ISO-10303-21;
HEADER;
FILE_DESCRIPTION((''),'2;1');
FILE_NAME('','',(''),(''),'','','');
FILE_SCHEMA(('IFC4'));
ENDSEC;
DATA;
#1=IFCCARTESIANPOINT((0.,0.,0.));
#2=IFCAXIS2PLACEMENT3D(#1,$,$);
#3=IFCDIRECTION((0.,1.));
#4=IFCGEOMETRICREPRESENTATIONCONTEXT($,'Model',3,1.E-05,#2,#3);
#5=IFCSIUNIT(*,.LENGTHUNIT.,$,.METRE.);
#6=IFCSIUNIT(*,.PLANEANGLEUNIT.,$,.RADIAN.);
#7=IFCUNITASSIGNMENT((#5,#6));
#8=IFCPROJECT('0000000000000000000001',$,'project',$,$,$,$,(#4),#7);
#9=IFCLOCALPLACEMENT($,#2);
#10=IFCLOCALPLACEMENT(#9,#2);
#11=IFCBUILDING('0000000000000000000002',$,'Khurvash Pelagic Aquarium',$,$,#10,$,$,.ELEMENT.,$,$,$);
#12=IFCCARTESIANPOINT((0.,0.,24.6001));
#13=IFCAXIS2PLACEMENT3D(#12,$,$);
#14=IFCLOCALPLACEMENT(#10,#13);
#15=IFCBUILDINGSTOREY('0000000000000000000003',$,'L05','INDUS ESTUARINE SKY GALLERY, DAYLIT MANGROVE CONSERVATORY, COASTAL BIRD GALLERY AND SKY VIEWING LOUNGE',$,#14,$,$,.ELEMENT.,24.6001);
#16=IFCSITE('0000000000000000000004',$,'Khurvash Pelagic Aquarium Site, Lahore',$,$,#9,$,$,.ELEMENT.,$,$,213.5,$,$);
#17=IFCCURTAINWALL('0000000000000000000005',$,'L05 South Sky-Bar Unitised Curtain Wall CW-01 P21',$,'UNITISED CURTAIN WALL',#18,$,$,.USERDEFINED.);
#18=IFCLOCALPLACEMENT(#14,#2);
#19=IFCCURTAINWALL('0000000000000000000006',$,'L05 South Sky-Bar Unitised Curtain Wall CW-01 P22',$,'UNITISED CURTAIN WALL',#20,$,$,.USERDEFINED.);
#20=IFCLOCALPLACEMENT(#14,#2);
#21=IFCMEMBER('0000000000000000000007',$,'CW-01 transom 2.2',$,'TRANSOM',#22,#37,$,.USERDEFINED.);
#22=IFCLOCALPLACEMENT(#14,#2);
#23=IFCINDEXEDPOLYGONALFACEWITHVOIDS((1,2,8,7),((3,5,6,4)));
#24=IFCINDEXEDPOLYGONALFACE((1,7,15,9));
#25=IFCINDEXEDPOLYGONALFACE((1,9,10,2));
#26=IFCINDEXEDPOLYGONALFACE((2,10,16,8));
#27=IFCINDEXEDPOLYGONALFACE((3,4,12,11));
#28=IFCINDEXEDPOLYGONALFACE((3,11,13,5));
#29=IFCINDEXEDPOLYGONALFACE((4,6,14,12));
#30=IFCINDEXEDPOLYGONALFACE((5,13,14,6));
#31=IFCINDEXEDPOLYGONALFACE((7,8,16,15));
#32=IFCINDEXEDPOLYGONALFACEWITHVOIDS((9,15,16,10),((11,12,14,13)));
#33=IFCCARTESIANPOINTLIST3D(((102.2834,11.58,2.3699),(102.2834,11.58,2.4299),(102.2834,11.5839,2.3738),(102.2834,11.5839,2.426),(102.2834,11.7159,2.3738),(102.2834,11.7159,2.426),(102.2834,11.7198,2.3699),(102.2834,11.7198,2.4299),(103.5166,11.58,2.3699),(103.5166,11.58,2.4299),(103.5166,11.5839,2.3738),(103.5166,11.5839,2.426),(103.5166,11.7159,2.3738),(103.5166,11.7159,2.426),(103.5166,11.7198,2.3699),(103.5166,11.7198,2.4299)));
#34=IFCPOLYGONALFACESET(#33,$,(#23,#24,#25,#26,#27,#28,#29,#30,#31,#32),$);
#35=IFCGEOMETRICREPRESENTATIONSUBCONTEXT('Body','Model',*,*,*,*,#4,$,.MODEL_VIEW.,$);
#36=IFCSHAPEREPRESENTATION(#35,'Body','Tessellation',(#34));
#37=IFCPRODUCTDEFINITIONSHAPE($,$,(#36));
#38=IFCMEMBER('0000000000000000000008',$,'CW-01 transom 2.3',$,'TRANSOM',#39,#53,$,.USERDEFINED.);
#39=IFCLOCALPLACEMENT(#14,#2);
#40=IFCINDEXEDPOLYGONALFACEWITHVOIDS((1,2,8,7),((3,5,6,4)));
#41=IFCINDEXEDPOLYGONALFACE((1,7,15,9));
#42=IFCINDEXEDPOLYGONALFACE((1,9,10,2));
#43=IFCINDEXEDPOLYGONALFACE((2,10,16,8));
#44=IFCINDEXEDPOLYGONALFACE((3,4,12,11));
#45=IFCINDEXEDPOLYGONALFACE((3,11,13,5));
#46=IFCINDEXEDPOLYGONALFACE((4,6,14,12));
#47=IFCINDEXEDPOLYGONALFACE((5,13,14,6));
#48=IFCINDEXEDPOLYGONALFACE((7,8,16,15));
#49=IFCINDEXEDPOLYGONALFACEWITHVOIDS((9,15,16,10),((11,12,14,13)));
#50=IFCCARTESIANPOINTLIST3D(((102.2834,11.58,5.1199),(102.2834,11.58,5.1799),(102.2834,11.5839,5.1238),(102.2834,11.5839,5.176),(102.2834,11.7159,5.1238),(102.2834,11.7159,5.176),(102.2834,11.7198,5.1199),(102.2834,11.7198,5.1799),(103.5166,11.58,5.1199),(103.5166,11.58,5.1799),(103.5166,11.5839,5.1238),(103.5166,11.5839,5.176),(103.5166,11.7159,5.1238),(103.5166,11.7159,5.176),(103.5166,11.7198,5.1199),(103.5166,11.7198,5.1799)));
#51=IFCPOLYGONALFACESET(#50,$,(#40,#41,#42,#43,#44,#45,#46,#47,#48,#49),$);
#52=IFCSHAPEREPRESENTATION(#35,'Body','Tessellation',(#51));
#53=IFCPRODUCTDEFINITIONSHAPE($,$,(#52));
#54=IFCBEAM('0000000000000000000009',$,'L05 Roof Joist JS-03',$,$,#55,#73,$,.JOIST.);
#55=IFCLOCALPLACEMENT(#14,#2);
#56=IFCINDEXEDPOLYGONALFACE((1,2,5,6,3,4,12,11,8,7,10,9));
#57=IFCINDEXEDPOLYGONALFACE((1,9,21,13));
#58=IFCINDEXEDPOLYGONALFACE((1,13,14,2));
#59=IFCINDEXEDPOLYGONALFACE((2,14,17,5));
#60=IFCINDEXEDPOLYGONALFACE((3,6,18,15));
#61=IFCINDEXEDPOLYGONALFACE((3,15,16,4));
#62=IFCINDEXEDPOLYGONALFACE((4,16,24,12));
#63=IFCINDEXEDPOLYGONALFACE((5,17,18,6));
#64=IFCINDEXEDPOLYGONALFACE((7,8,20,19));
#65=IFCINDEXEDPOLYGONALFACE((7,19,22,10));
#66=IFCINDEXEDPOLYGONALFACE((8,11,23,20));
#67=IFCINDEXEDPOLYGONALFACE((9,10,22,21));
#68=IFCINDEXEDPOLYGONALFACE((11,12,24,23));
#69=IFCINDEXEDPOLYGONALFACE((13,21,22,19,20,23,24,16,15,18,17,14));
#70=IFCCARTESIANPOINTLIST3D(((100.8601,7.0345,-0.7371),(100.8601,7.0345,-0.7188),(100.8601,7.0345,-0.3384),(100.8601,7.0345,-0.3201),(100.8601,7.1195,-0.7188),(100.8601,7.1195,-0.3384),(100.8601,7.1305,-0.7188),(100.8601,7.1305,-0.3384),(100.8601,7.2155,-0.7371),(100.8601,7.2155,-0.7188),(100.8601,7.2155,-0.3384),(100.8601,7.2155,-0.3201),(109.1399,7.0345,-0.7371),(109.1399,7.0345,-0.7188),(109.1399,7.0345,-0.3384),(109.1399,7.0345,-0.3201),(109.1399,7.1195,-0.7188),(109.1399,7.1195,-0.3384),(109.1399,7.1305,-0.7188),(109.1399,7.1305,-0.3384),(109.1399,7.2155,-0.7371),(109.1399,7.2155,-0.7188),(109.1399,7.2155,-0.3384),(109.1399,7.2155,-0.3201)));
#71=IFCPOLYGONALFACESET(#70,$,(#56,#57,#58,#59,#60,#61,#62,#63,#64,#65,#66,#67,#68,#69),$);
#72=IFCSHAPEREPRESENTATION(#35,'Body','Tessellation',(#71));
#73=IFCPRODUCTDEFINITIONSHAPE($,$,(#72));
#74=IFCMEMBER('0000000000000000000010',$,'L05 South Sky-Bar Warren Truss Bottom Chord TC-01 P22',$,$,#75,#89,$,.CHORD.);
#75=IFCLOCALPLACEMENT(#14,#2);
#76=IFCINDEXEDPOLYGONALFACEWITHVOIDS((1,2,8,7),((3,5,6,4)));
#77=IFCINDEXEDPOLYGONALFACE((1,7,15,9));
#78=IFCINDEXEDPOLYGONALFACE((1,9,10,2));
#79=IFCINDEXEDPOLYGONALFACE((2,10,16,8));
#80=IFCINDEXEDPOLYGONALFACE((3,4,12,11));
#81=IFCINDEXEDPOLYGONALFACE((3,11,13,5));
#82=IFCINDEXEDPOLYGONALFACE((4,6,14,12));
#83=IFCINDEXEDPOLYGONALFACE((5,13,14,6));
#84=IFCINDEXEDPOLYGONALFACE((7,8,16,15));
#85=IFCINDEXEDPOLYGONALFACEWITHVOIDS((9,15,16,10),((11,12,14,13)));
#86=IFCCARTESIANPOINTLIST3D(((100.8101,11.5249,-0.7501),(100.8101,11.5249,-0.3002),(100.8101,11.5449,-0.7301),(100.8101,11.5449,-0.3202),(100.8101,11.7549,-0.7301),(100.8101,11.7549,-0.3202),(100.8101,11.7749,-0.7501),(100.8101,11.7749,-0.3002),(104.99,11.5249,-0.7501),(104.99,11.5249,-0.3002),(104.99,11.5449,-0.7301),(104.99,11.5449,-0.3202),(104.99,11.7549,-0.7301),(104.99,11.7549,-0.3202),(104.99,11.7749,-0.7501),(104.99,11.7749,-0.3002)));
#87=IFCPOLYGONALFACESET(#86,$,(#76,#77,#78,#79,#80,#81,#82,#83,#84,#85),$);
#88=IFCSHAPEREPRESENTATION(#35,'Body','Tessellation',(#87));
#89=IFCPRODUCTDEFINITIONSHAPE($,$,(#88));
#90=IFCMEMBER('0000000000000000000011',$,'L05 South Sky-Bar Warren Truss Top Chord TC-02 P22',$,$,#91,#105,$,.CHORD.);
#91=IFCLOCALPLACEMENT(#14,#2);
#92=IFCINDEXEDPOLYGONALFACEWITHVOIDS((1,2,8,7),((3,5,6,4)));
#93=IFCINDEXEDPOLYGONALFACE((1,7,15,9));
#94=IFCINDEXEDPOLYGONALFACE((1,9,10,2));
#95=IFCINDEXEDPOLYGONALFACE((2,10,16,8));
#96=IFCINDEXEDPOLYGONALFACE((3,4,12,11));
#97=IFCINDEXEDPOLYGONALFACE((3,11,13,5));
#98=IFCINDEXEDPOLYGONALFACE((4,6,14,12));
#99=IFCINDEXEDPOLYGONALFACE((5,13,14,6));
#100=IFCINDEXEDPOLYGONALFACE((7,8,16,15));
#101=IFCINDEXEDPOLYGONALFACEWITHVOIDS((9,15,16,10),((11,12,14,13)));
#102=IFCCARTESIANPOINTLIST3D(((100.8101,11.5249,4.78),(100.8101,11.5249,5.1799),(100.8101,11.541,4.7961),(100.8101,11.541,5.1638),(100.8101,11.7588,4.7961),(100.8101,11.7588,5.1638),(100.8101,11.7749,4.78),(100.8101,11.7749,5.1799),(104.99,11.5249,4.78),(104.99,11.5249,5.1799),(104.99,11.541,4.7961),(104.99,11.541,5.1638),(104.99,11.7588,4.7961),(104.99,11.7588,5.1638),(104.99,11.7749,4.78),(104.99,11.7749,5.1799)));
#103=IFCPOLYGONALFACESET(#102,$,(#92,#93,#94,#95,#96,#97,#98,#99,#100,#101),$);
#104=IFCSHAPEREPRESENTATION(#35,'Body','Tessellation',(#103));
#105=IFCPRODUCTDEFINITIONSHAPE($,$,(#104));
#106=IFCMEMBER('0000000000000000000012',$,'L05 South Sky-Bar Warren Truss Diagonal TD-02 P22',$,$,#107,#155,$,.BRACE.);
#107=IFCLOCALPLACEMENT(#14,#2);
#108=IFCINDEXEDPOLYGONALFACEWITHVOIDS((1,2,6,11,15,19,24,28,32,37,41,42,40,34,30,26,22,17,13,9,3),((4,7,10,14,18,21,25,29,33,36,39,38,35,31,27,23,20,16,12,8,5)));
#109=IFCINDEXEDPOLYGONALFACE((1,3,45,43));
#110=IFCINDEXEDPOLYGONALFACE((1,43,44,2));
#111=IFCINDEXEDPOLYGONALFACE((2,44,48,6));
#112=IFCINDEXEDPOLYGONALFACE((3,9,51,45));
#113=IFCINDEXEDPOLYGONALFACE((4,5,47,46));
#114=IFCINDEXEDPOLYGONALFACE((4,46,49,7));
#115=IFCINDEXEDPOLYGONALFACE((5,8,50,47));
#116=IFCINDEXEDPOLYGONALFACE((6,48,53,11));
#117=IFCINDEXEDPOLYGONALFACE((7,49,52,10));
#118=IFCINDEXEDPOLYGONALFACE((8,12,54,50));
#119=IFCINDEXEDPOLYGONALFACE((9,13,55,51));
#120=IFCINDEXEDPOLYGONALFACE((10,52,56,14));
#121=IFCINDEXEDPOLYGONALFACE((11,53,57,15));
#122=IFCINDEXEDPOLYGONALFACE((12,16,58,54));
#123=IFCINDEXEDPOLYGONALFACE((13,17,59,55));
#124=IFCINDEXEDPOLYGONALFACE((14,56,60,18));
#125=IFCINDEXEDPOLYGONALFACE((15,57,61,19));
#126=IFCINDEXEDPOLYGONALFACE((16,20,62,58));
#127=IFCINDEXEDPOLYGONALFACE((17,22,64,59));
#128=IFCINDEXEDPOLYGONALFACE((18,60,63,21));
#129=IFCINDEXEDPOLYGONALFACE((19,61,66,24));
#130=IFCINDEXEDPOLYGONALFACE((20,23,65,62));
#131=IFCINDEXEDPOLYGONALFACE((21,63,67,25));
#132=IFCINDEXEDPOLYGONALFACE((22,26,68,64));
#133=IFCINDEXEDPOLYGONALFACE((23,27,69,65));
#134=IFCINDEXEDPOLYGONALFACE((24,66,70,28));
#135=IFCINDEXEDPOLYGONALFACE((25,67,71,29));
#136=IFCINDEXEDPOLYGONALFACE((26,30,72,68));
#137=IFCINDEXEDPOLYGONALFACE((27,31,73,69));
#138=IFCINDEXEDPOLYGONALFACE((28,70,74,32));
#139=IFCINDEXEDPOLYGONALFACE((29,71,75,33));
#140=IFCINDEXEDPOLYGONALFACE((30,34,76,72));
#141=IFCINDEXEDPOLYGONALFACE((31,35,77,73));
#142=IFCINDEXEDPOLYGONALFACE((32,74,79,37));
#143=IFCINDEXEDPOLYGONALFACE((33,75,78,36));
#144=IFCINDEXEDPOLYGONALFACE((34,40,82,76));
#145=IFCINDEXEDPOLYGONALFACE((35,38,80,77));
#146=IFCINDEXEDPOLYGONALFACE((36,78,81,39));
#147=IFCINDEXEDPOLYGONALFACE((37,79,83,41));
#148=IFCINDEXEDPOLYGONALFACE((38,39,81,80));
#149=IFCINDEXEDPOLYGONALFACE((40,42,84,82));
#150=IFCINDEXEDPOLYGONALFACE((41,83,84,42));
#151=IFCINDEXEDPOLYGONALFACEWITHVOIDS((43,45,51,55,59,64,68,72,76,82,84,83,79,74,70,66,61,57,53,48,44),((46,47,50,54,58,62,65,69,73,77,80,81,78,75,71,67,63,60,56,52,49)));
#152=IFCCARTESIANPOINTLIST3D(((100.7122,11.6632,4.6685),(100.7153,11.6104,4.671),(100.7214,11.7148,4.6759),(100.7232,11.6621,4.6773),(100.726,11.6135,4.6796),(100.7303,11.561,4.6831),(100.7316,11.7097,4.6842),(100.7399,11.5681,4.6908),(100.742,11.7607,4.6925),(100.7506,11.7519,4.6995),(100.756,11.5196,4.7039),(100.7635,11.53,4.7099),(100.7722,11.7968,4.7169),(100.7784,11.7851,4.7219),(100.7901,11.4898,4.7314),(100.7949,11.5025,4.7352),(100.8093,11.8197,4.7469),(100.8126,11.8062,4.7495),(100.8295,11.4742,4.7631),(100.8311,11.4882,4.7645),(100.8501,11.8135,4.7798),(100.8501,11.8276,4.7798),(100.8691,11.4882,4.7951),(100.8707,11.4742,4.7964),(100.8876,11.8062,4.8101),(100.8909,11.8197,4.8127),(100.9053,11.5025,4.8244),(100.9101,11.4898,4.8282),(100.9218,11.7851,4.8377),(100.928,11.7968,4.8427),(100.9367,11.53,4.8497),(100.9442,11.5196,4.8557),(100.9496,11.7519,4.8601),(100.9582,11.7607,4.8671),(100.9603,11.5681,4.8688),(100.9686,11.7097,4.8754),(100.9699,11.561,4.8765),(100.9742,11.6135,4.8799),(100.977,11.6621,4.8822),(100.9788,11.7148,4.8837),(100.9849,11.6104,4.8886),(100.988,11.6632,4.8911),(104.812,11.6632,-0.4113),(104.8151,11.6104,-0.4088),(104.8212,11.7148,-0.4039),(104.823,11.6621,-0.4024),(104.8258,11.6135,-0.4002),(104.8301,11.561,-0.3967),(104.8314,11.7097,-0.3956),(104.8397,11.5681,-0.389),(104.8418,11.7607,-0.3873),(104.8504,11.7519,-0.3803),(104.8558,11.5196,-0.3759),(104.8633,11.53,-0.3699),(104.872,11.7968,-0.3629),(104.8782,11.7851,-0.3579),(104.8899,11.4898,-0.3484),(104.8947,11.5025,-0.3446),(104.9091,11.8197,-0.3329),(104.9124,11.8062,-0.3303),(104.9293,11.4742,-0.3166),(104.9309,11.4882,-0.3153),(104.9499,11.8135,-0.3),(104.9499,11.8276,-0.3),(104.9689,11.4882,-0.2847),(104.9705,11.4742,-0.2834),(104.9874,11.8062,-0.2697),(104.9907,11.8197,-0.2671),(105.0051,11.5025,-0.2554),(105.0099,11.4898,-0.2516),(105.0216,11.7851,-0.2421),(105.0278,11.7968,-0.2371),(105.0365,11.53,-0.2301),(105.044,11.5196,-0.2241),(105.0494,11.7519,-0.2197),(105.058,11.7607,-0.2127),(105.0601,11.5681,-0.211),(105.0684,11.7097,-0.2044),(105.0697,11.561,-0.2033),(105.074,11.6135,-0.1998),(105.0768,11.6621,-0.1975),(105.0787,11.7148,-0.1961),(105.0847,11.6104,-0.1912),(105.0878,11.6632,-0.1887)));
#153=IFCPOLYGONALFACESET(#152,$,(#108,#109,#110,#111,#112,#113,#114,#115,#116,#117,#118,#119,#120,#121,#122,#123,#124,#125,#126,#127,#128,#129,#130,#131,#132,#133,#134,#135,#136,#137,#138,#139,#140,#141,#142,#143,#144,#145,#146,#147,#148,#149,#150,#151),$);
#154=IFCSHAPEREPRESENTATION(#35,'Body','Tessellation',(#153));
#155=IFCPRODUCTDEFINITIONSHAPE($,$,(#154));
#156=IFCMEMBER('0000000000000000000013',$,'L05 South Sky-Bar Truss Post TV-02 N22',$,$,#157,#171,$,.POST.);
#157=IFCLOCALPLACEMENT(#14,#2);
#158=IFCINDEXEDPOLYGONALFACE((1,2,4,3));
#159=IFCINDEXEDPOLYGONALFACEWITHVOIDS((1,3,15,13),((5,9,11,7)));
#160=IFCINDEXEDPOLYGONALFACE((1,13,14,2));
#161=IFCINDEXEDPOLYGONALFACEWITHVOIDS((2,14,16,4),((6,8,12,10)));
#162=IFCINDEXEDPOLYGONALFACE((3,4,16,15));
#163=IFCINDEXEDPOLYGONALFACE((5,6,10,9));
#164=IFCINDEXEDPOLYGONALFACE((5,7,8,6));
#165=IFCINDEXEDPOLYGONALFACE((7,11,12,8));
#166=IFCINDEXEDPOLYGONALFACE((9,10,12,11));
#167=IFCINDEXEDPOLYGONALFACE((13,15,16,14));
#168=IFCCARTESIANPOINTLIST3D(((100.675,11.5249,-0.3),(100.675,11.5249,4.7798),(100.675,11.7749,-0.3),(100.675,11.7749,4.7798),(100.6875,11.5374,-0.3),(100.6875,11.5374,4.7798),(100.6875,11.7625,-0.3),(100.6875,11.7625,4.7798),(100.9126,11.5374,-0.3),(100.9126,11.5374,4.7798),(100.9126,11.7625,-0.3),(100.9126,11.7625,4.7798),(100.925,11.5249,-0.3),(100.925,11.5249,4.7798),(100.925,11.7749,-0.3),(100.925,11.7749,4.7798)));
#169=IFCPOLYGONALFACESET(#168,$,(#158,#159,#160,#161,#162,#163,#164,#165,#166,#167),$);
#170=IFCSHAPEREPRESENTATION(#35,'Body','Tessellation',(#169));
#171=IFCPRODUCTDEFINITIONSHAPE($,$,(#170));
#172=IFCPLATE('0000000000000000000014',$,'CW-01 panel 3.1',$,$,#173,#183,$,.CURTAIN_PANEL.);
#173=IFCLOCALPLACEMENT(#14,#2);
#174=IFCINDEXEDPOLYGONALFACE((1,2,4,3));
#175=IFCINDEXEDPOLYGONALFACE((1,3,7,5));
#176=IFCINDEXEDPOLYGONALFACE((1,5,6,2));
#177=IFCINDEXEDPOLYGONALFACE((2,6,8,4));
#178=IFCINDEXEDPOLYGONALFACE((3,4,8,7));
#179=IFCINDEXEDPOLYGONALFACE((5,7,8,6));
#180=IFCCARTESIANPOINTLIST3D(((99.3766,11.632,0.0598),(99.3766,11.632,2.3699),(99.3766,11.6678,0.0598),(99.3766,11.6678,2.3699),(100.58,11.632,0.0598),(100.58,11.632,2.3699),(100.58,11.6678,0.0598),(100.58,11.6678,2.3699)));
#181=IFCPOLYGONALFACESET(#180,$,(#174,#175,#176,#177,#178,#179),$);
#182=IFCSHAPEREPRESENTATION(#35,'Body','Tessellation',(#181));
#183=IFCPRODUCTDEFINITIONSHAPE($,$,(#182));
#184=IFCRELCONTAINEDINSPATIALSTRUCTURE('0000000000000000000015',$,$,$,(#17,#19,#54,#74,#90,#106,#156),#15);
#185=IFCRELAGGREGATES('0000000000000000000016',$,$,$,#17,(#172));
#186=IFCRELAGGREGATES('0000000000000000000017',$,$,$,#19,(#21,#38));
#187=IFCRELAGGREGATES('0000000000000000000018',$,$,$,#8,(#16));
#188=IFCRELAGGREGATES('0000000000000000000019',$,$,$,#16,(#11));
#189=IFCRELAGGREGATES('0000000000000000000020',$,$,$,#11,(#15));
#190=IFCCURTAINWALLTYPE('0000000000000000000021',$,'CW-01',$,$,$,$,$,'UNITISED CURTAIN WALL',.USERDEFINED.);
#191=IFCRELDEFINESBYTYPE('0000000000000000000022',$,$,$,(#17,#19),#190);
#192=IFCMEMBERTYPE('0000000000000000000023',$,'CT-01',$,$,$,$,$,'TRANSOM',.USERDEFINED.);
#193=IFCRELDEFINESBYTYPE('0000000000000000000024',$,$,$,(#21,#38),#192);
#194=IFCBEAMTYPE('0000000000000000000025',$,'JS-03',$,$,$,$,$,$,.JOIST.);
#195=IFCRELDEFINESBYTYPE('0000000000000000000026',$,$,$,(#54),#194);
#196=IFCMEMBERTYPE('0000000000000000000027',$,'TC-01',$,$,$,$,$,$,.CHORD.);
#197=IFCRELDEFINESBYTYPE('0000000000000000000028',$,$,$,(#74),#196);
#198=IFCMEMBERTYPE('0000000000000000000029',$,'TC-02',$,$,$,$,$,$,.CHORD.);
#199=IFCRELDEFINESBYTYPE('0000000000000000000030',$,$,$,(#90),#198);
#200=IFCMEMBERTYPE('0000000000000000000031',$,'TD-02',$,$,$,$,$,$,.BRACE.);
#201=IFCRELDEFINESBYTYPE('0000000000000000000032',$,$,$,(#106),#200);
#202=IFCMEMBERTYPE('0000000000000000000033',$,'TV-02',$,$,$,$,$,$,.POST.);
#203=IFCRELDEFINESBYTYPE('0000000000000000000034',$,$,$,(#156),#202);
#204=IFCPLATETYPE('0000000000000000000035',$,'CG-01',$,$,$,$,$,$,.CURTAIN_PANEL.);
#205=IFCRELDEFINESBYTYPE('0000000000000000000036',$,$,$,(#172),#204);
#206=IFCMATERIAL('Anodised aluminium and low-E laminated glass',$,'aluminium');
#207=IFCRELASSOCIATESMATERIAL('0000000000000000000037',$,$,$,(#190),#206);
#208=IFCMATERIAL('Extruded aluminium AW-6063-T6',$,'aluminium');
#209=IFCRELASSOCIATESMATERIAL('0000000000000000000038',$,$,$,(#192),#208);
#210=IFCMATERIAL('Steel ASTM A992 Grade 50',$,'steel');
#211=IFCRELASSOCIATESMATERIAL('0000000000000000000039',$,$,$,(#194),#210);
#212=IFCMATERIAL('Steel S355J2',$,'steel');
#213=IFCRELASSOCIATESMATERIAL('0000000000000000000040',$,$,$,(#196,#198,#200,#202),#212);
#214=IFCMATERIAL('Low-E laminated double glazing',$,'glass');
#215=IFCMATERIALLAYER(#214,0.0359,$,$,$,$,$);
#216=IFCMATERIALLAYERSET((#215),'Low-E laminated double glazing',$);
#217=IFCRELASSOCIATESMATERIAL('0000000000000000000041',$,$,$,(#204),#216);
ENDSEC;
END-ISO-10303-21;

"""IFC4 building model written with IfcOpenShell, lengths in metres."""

from ifc_helpers import new_model, si_unit, direction, frame, origin, origin_2d, place, context, subcontext, project, spatial, rectangle, hollow_rectangle, hollow_circle, i_section, extrude, material, layer, layer_set, material_profile, profile_set, type_object, element, aggregate, save


model = new_model("IFC4")

# Units and contexts
model_context = context("Model", 3, precision=1e-05, world=origin(), true_north=direction((0.0, 1.0)))
body_context = subcontext(model_context, "Body", "Model", "MODEL_VIEW")
ifc_project = project(units=[si_unit("LENGTHUNIT", "METRE"), si_unit("PLANEANGLEUNIT", "RADIAN")], contexts=[model_context])

# Site, building, storey
site_placement = place(None, origin())
site = spatial("IfcSite", under=ifc_project, at=site_placement, Name="Khurvash Pelagic Aquarium Site, Lahore", CompositionType="ELEMENT", RefElevation=213.5)
building_placement = place(site_placement, origin())
building = spatial("IfcBuilding", under=site, at=building_placement, Name="Khurvash Pelagic Aquarium", CompositionType="ELEMENT")
storey_placement = place(building_placement, frame((0.0, 0.0, 24.6001)))
storey = spatial("IfcBuildingStorey", under=building, at=storey_placement, Name="L05", Description="INDUS ESTUARINE SKY GALLERY, DAYLIT MANGROVE CONSERVATORY, COASTAL BIRD GALLERY AND SKY VIEWING LOUNGE", CompositionType="ELEMENT", Elevation=24.6001)

# Shared definitions
ifc_material_1 = material(Name="Steel ASTM A992 Grade 50", Category="steel")

# Curtain wall
ifc_material_2 = material(Name="Anodised aluminium and low-E laminated glass", Category="aluminium")
curtain_wall_type = type_object("IfcCurtainWallType", Name="CW-01", ElementType="UNITISED CURTAIN WALL", PredefinedType="USERDEFINED", material=ifc_material_2)
curtain_wall_1_placement = place(storey_placement, origin())
curtain_wall_1 = element("IfcCurtainWall", 1, at=curtain_wall_1_placement, inside=storey, type_object=curtain_wall_type, Name="L05 South Sky-Bar Unitised Curtain Wall CW-01 P21", ObjectType="UNITISED CURTAIN WALL", PredefinedType="USERDEFINED")
ifc_material_3 = material(Name="Extruded aluminium AW-6063-T6", Category="aluminium")

# Curtain wall, members
curtain_wall_2_placement = place(storey_placement, origin())
curtain_wall_2 = element("IfcCurtainWall", 2, at=curtain_wall_2_placement, inside=storey, type_object=curtain_wall_type, Name="L05 South Sky-Bar Unitised Curtain Wall CW-01 P22", ObjectType="UNITISED CURTAIN WALL", PredefinedType="USERDEFINED")
ifc_material_profile_1 = material_profile(ifc_material_3, hollow_rectangle(XDim=0.1399, YDim=0.0601, WallThickness=0.0039, at=origin_2d()), Name="CWT140X60X4")
ifc_profile_set_1 = profile_set([ifc_material_profile_1], Name="Extruded aluminium AW-6063-T6")
member_type_1 = type_object("IfcMemberType", Name="CT-01", ElementType="TRANSOM", PredefinedType="USERDEFINED", material=ifc_profile_set_1)
member_1_placement = place(storey_placement, frame((102.2834, 11.6499, 2.3999), z_axis=(1.0, 0.0, 0.0), x_axis=(0.0, 1.0, 0.0)))
member_1 = element("IfcMember", 3, at=member_1_placement, type_object=member_type_1, Name="CW-01 transom 2.2", ObjectType="TRANSOM", PredefinedType="USERDEFINED", context=body_context, shape_type="SweptSolid", body=[
    extrude(hollow_rectangle(XDim=0.1399, YDim=0.0601, WallThickness=0.0039, at=origin_2d()), origin(), (0.0, 0.0, 1.0), 1.2332),
])
member_2_placement = place(storey_placement, frame((102.2834, 11.6499, 5.1499), z_axis=(1.0, 0.0, 0.0), x_axis=(0.0, 1.0, 0.0)))
member_2 = element("IfcMember", 4, at=member_2_placement, type_object=member_type_1, Name="CW-01 transom 2.3", ObjectType="TRANSOM", PredefinedType="USERDEFINED", context=body_context, shape_type="SweptSolid", body=[
    extrude(hollow_rectangle(XDim=0.1399, YDim=0.0601, WallThickness=0.0039, at=origin_2d()), origin(), (0.0, 0.0, 1.0), 1.2332),
])

# Beam
ifc_material_profile_2 = material_profile(ifc_material_1, i_section(OverallWidth=0.1809, OverallDepth=0.417, WebThickness=0.011, FlangeThickness=0.0183, at=origin_2d()), Name="W16X57")
ifc_profile_set_2 = profile_set([ifc_material_profile_2], Name="Steel ASTM A992 Grade 50")
beam_type_1 = type_object("IfcBeamType", Name="JS-03", PredefinedType="JOIST", material=ifc_profile_set_2)
beam_1_placement = place(storey_placement, frame((100.8601, 7.125, -0.5286), z_axis=(1.0, 0.0, 0.0), x_axis=(0.0, 1.0, 0.0)))
element("IfcBeam", 5, at=beam_1_placement, inside=storey, type_object=beam_type_1, Name="L05 Roof Joist JS-03", PredefinedType="JOIST", context=body_context, shape_type="SweptSolid", body=[
    extrude(i_section(OverallWidth=0.1809, OverallDepth=0.417, WebThickness=0.011, FlangeThickness=0.0183, at=origin_2d()), origin(), (0.0, 0.0, 1.0), 8.2798),
])

# Members
ifc_material_4 = material(Name="Steel S355J2", Category="steel")
ifc_material_profile_3 = material_profile(ifc_material_4, hollow_rectangle(XDim=0.25, YDim=0.45, WallThickness=0.02, at=origin_2d()), Name="RHS450X250X20")
ifc_profile_set_3 = profile_set([ifc_material_profile_3], Name="Steel S355J2")
member_type_2 = type_object("IfcMemberType", Name="TC-01", PredefinedType="CHORD", material=ifc_profile_set_3)
member_3_placement = place(storey_placement, frame((100.8101, 11.6499, -0.5251), z_axis=(1.0, 0.0, 0.0), x_axis=(0.0, 1.0, 0.0)))
element("IfcMember", 6, at=member_3_placement, inside=storey, type_object=member_type_2, Name="L05 South Sky-Bar Warren Truss Bottom Chord TC-01 P22", PredefinedType="CHORD", context=body_context, shape_type="SweptSolid", body=[
    extrude(hollow_rectangle(XDim=0.25, YDim=0.45, WallThickness=0.02, at=origin_2d()), origin(), (0.0, 0.0, 1.0), 4.1799),
])
ifc_material_profile_4 = material_profile(ifc_material_4, hollow_rectangle(XDim=0.25, YDim=0.3999, WallThickness=0.0161, at=origin_2d()), Name="RHS400X250X16")
ifc_profile_set_4 = profile_set([ifc_material_profile_4], Name="Steel S355J2")
member_type_3 = type_object("IfcMemberType", Name="TC-02", PredefinedType="CHORD", material=ifc_profile_set_4)
member_4_placement = place(storey_placement, frame((100.8101, 11.6499, 4.98), z_axis=(1.0, 0.0, 0.0), x_axis=(0.0, 1.0, 0.0)))
element("IfcMember", 7, at=member_4_placement, inside=storey, type_object=member_type_3, Name="L05 South Sky-Bar Warren Truss Top Chord TC-02 P22", PredefinedType="CHORD", context=body_context, shape_type="SweptSolid", body=[
    extrude(hollow_rectangle(XDim=0.25, YDim=0.3999, WallThickness=0.0161, at=origin_2d()), origin(), (0.0, 0.0, 1.0), 4.1799),
])
ifc_material_profile_5 = material_profile(ifc_material_4, hollow_circle(Radius=0.1777, WallThickness=0.0142, at=origin_2d()), Name="CHS355X14")
ifc_profile_set_5 = profile_set([ifc_material_profile_5], Name="Steel S355J2")
member_type_4 = type_object("IfcMemberType", Name="TD-02", PredefinedType="BRACE", material=ifc_profile_set_5)
member_5_placement = place(storey_placement, frame((100.8501, 11.6499, 4.7798), z_axis=(0.628051, 0.0, -0.778172), x_axis=(0.0, 1.0, 0.0)))
element("IfcMember", 8, at=member_5_placement, inside=storey, type_object=member_type_4, Name="L05 South Sky-Bar Warren Truss Diagonal TD-02 P22", PredefinedType="BRACE", context=body_context, shape_type="SweptSolid", body=[
    extrude(hollow_circle(Radius=0.1777, WallThickness=0.0142, at=origin_2d()), origin(), (0.0, 0.0, 1.0), 6.5278),
])
ifc_material_profile_6 = material_profile(ifc_material_4, hollow_rectangle(XDim=0.25, YDim=0.25, WallThickness=0.0125, at=origin_2d()), Name="SHS250X250X12")
ifc_profile_set_6 = profile_set([ifc_material_profile_6], Name="Steel S355J2")
member_type_5 = type_object("IfcMemberType", Name="TV-02", PredefinedType="POST", material=ifc_profile_set_6)
member_6_placement = place(storey_placement, frame((100.8, 11.6499, -0.3), z_axis=(0.0, 0.0, 1.0), x_axis=(1.0, 0.0, 0.0)))
element("IfcMember", 9, at=member_6_placement, inside=storey, type_object=member_type_5, Name="L05 South Sky-Bar Truss Post TV-02 N22", PredefinedType="POST", context=body_context, shape_type="SweptSolid", body=[
    extrude(hollow_rectangle(XDim=0.25, YDim=0.25, WallThickness=0.0125, at=origin_2d()), origin(), (0.0, 0.0, 1.0), 5.0798),
])

# Plate
ifc_material_5 = material(Name="Low-E laminated double glazing", Category="glass")
ifc_layer_1 = layer(ifc_material_5, 0.0359)
ifc_layer_set_1 = layer_set([ifc_layer_1], Name="Low-E laminated double glazing")
plate_type = type_object("IfcPlateType", Name="CG-01", PredefinedType="CURTAIN_PANEL", material=ifc_layer_set_1)
plate_1_placement = place(storey_placement, frame((99.9783, 11.6499, 0.0598), z_axis=(0.0, 0.0, 1.0), x_axis=(1.0, 0.0, 0.0)))
plate_1 = element("IfcPlate", 10, at=plate_1_placement, type_object=plate_type, Name="CW-01 panel 3.1", PredefinedType="CURTAIN_PANEL", context=body_context, shape_type="SweptSolid", body=[
    extrude(rectangle(XDim=1.2034, YDim=0.0359, at=origin_2d()), origin(), (0.0, 0.0, 1.0), 2.3101),
])
aggregate(curtain_wall_1, [plate_1])
aggregate(curtain_wall_2, [member_1, member_2])

save(model, "model.ifc")
